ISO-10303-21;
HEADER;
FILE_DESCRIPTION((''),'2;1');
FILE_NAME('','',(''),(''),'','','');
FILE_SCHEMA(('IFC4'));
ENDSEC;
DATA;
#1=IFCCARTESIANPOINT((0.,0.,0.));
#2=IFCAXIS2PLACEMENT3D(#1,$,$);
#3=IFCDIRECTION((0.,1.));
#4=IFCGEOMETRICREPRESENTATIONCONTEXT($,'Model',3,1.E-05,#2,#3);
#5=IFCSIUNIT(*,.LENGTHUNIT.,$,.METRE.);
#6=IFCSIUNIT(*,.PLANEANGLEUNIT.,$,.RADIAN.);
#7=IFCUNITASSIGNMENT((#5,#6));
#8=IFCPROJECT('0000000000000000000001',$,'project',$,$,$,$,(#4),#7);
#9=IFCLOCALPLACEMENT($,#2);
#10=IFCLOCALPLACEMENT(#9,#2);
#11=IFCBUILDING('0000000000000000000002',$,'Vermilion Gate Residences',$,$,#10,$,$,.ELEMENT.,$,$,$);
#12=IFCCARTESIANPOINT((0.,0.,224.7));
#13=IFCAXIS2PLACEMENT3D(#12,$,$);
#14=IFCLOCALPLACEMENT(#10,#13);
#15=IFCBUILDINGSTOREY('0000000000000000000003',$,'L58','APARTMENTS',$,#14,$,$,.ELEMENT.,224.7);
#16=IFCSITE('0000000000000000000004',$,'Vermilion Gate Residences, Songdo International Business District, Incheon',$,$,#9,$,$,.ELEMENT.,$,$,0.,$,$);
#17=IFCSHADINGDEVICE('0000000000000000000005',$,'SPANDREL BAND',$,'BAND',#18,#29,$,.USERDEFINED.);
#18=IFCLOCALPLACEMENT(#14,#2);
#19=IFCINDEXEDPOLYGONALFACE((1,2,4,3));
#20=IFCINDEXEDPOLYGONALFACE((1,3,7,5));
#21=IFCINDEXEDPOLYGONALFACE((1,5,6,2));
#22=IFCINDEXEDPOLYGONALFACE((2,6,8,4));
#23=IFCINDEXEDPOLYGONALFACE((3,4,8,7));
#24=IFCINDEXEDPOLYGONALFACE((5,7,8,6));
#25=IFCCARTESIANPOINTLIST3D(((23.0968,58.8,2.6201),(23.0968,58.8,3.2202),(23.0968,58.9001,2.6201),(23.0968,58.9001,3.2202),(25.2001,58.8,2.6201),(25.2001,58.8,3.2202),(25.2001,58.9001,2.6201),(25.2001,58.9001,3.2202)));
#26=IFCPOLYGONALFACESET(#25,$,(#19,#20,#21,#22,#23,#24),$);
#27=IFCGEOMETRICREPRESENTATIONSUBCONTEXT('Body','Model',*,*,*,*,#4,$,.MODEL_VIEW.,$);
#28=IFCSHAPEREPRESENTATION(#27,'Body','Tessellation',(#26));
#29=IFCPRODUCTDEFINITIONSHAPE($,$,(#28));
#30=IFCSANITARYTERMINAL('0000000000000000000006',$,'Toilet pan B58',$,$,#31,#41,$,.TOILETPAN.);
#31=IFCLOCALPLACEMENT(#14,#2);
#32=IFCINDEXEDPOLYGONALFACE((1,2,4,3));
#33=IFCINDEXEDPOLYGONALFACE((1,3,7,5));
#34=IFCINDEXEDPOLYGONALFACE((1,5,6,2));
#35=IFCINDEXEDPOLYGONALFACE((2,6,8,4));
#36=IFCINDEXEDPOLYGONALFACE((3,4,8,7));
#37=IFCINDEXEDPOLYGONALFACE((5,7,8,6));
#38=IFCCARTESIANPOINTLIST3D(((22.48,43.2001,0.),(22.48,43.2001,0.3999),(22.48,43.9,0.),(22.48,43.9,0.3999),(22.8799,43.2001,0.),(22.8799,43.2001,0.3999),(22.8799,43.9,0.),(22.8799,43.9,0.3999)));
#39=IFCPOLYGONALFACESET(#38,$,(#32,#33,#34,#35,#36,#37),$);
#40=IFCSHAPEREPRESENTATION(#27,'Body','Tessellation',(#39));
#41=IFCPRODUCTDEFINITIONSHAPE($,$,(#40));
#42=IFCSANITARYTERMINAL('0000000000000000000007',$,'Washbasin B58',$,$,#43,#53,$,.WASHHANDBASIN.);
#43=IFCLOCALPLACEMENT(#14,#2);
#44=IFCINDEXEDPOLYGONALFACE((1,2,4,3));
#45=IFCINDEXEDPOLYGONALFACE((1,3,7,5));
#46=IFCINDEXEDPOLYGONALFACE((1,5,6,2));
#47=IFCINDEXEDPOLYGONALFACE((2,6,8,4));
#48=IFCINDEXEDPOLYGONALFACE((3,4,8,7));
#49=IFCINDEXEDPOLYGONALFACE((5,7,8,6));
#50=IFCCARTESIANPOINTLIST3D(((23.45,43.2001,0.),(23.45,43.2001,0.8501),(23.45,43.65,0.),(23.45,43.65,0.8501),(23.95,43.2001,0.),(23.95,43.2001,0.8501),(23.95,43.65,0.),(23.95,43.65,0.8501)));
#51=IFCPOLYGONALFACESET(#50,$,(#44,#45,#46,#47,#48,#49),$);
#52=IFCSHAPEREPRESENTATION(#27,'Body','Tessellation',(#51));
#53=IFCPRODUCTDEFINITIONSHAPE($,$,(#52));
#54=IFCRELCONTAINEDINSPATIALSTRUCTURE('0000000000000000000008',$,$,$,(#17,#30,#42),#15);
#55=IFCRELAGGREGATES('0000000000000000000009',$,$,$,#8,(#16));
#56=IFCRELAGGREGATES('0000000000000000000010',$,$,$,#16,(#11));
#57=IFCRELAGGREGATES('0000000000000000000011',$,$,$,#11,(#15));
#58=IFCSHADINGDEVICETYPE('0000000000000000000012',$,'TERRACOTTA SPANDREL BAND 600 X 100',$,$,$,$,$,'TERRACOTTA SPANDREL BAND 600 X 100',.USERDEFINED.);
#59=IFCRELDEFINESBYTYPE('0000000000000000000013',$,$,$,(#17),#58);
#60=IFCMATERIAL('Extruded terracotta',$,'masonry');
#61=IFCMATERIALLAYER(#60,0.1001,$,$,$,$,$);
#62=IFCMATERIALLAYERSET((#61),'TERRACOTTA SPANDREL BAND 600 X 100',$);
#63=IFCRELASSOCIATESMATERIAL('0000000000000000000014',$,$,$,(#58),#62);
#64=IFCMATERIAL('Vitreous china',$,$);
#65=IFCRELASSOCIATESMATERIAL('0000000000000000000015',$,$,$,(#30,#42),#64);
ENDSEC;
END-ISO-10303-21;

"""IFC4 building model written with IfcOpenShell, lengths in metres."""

from ifc_helpers import new_model, si_unit, direction, frame, origin, origin_2d, place, context, subcontext, project, spatial, rectangle, extrude, material, layer, layer_set, type_object, element, save


model = new_model("IFC4")

# Units and contexts
model_context = context("Model", 3, precision=1e-05, world=origin(), true_north=direction((0.0, 1.0)))
body_context = subcontext(model_context, "Body", "Model", "MODEL_VIEW")
ifc_project = project(units=[si_unit("LENGTHUNIT", "METRE"), si_unit("PLANEANGLEUNIT", "RADIAN")], contexts=[model_context])

# Site, building, storey
site_placement = place(None, origin())
site = spatial("IfcSite", under=ifc_project, at=site_placement, Name="Vermilion Gate Residences, Songdo International Business District, Incheon", CompositionType="ELEMENT", RefElevation=0.0)
building_placement = place(site_placement, origin())
building = spatial("IfcBuilding", under=site, at=building_placement, Name="Vermilion Gate Residences", CompositionType="ELEMENT")
storey_placement = place(building_placement, frame((0.0, 0.0, 224.7)))
storey = spatial("IfcBuildingStorey", under=building, at=storey_placement, Name="L58", Description="APARTMENTS", CompositionType="ELEMENT", Elevation=224.7)

# Shading device
ifc_material_1 = material(Name="Extruded terracotta", Category="masonry")
ifc_layer_1 = layer(ifc_material_1, 0.1001)
ifc_layer_set_1 = layer_set([ifc_layer_1], Name="TERRACOTTA SPANDREL BAND 600 X 100")
shading_device_type = type_object("IfcShadingDeviceType", Name="TERRACOTTA SPANDREL BAND 600 X 100", ElementType="TERRACOTTA SPANDREL BAND 600 X 100", PredefinedType="USERDEFINED", material=ifc_layer_set_1)
shading_device_1_placement = place(storey_placement, frame((24.1484, 58.8501, 2.6201), z_axis=(0.0, 0.0, 1.0), x_axis=(1.0, 0.0, 0.0)))
element("IfcShadingDevice", 1, at=shading_device_1_placement, inside=storey, type_object=shading_device_type, Name="SPANDREL BAND", ObjectType="BAND", PredefinedType="USERDEFINED", context=body_context, shape_type="SweptSolid", body=[
    extrude(rectangle(XDim=2.1033, YDim=0.1001, at=origin_2d()), origin(), (0.0, 0.0, 1.0), 0.6001),
])

# Sanitary terminals
ifc_material_2 = material(Name="Vitreous china")
sanitary_terminal_1_placement = place(storey_placement, frame((22.6799, 43.55, 0.0), z_axis=(0.0, 0.0, 1.0), x_axis=(1.0, 0.0, 0.0)))
element("IfcSanitaryTerminal", 2, at=sanitary_terminal_1_placement, inside=storey, material=ifc_material_2, Name="Toilet pan B58", PredefinedType="TOILETPAN", context=body_context, shape_type="SweptSolid", body=[
    extrude(rectangle(XDim=0.3999, YDim=0.7, at=origin_2d()), origin(), (0.0, 0.0, 1.0), 0.3999),
])
sanitary_terminal_2_placement = place(storey_placement, frame((23.7, 43.425, 0.0), z_axis=(0.0, 0.0, 1.0), x_axis=(1.0, 0.0, 0.0)))
element("IfcSanitaryTerminal", 3, at=sanitary_terminal_2_placement, inside=storey, material=ifc_material_2, Name="Washbasin B58", PredefinedType="WASHHANDBASIN", context=body_context, shape_type="SweptSolid", body=[
    extrude(rectangle(XDim=0.5, YDim=0.45, at=origin_2d()), origin(), (0.0, 0.0, 1.0), 0.8501),
])

save(model, "model.ifc")
